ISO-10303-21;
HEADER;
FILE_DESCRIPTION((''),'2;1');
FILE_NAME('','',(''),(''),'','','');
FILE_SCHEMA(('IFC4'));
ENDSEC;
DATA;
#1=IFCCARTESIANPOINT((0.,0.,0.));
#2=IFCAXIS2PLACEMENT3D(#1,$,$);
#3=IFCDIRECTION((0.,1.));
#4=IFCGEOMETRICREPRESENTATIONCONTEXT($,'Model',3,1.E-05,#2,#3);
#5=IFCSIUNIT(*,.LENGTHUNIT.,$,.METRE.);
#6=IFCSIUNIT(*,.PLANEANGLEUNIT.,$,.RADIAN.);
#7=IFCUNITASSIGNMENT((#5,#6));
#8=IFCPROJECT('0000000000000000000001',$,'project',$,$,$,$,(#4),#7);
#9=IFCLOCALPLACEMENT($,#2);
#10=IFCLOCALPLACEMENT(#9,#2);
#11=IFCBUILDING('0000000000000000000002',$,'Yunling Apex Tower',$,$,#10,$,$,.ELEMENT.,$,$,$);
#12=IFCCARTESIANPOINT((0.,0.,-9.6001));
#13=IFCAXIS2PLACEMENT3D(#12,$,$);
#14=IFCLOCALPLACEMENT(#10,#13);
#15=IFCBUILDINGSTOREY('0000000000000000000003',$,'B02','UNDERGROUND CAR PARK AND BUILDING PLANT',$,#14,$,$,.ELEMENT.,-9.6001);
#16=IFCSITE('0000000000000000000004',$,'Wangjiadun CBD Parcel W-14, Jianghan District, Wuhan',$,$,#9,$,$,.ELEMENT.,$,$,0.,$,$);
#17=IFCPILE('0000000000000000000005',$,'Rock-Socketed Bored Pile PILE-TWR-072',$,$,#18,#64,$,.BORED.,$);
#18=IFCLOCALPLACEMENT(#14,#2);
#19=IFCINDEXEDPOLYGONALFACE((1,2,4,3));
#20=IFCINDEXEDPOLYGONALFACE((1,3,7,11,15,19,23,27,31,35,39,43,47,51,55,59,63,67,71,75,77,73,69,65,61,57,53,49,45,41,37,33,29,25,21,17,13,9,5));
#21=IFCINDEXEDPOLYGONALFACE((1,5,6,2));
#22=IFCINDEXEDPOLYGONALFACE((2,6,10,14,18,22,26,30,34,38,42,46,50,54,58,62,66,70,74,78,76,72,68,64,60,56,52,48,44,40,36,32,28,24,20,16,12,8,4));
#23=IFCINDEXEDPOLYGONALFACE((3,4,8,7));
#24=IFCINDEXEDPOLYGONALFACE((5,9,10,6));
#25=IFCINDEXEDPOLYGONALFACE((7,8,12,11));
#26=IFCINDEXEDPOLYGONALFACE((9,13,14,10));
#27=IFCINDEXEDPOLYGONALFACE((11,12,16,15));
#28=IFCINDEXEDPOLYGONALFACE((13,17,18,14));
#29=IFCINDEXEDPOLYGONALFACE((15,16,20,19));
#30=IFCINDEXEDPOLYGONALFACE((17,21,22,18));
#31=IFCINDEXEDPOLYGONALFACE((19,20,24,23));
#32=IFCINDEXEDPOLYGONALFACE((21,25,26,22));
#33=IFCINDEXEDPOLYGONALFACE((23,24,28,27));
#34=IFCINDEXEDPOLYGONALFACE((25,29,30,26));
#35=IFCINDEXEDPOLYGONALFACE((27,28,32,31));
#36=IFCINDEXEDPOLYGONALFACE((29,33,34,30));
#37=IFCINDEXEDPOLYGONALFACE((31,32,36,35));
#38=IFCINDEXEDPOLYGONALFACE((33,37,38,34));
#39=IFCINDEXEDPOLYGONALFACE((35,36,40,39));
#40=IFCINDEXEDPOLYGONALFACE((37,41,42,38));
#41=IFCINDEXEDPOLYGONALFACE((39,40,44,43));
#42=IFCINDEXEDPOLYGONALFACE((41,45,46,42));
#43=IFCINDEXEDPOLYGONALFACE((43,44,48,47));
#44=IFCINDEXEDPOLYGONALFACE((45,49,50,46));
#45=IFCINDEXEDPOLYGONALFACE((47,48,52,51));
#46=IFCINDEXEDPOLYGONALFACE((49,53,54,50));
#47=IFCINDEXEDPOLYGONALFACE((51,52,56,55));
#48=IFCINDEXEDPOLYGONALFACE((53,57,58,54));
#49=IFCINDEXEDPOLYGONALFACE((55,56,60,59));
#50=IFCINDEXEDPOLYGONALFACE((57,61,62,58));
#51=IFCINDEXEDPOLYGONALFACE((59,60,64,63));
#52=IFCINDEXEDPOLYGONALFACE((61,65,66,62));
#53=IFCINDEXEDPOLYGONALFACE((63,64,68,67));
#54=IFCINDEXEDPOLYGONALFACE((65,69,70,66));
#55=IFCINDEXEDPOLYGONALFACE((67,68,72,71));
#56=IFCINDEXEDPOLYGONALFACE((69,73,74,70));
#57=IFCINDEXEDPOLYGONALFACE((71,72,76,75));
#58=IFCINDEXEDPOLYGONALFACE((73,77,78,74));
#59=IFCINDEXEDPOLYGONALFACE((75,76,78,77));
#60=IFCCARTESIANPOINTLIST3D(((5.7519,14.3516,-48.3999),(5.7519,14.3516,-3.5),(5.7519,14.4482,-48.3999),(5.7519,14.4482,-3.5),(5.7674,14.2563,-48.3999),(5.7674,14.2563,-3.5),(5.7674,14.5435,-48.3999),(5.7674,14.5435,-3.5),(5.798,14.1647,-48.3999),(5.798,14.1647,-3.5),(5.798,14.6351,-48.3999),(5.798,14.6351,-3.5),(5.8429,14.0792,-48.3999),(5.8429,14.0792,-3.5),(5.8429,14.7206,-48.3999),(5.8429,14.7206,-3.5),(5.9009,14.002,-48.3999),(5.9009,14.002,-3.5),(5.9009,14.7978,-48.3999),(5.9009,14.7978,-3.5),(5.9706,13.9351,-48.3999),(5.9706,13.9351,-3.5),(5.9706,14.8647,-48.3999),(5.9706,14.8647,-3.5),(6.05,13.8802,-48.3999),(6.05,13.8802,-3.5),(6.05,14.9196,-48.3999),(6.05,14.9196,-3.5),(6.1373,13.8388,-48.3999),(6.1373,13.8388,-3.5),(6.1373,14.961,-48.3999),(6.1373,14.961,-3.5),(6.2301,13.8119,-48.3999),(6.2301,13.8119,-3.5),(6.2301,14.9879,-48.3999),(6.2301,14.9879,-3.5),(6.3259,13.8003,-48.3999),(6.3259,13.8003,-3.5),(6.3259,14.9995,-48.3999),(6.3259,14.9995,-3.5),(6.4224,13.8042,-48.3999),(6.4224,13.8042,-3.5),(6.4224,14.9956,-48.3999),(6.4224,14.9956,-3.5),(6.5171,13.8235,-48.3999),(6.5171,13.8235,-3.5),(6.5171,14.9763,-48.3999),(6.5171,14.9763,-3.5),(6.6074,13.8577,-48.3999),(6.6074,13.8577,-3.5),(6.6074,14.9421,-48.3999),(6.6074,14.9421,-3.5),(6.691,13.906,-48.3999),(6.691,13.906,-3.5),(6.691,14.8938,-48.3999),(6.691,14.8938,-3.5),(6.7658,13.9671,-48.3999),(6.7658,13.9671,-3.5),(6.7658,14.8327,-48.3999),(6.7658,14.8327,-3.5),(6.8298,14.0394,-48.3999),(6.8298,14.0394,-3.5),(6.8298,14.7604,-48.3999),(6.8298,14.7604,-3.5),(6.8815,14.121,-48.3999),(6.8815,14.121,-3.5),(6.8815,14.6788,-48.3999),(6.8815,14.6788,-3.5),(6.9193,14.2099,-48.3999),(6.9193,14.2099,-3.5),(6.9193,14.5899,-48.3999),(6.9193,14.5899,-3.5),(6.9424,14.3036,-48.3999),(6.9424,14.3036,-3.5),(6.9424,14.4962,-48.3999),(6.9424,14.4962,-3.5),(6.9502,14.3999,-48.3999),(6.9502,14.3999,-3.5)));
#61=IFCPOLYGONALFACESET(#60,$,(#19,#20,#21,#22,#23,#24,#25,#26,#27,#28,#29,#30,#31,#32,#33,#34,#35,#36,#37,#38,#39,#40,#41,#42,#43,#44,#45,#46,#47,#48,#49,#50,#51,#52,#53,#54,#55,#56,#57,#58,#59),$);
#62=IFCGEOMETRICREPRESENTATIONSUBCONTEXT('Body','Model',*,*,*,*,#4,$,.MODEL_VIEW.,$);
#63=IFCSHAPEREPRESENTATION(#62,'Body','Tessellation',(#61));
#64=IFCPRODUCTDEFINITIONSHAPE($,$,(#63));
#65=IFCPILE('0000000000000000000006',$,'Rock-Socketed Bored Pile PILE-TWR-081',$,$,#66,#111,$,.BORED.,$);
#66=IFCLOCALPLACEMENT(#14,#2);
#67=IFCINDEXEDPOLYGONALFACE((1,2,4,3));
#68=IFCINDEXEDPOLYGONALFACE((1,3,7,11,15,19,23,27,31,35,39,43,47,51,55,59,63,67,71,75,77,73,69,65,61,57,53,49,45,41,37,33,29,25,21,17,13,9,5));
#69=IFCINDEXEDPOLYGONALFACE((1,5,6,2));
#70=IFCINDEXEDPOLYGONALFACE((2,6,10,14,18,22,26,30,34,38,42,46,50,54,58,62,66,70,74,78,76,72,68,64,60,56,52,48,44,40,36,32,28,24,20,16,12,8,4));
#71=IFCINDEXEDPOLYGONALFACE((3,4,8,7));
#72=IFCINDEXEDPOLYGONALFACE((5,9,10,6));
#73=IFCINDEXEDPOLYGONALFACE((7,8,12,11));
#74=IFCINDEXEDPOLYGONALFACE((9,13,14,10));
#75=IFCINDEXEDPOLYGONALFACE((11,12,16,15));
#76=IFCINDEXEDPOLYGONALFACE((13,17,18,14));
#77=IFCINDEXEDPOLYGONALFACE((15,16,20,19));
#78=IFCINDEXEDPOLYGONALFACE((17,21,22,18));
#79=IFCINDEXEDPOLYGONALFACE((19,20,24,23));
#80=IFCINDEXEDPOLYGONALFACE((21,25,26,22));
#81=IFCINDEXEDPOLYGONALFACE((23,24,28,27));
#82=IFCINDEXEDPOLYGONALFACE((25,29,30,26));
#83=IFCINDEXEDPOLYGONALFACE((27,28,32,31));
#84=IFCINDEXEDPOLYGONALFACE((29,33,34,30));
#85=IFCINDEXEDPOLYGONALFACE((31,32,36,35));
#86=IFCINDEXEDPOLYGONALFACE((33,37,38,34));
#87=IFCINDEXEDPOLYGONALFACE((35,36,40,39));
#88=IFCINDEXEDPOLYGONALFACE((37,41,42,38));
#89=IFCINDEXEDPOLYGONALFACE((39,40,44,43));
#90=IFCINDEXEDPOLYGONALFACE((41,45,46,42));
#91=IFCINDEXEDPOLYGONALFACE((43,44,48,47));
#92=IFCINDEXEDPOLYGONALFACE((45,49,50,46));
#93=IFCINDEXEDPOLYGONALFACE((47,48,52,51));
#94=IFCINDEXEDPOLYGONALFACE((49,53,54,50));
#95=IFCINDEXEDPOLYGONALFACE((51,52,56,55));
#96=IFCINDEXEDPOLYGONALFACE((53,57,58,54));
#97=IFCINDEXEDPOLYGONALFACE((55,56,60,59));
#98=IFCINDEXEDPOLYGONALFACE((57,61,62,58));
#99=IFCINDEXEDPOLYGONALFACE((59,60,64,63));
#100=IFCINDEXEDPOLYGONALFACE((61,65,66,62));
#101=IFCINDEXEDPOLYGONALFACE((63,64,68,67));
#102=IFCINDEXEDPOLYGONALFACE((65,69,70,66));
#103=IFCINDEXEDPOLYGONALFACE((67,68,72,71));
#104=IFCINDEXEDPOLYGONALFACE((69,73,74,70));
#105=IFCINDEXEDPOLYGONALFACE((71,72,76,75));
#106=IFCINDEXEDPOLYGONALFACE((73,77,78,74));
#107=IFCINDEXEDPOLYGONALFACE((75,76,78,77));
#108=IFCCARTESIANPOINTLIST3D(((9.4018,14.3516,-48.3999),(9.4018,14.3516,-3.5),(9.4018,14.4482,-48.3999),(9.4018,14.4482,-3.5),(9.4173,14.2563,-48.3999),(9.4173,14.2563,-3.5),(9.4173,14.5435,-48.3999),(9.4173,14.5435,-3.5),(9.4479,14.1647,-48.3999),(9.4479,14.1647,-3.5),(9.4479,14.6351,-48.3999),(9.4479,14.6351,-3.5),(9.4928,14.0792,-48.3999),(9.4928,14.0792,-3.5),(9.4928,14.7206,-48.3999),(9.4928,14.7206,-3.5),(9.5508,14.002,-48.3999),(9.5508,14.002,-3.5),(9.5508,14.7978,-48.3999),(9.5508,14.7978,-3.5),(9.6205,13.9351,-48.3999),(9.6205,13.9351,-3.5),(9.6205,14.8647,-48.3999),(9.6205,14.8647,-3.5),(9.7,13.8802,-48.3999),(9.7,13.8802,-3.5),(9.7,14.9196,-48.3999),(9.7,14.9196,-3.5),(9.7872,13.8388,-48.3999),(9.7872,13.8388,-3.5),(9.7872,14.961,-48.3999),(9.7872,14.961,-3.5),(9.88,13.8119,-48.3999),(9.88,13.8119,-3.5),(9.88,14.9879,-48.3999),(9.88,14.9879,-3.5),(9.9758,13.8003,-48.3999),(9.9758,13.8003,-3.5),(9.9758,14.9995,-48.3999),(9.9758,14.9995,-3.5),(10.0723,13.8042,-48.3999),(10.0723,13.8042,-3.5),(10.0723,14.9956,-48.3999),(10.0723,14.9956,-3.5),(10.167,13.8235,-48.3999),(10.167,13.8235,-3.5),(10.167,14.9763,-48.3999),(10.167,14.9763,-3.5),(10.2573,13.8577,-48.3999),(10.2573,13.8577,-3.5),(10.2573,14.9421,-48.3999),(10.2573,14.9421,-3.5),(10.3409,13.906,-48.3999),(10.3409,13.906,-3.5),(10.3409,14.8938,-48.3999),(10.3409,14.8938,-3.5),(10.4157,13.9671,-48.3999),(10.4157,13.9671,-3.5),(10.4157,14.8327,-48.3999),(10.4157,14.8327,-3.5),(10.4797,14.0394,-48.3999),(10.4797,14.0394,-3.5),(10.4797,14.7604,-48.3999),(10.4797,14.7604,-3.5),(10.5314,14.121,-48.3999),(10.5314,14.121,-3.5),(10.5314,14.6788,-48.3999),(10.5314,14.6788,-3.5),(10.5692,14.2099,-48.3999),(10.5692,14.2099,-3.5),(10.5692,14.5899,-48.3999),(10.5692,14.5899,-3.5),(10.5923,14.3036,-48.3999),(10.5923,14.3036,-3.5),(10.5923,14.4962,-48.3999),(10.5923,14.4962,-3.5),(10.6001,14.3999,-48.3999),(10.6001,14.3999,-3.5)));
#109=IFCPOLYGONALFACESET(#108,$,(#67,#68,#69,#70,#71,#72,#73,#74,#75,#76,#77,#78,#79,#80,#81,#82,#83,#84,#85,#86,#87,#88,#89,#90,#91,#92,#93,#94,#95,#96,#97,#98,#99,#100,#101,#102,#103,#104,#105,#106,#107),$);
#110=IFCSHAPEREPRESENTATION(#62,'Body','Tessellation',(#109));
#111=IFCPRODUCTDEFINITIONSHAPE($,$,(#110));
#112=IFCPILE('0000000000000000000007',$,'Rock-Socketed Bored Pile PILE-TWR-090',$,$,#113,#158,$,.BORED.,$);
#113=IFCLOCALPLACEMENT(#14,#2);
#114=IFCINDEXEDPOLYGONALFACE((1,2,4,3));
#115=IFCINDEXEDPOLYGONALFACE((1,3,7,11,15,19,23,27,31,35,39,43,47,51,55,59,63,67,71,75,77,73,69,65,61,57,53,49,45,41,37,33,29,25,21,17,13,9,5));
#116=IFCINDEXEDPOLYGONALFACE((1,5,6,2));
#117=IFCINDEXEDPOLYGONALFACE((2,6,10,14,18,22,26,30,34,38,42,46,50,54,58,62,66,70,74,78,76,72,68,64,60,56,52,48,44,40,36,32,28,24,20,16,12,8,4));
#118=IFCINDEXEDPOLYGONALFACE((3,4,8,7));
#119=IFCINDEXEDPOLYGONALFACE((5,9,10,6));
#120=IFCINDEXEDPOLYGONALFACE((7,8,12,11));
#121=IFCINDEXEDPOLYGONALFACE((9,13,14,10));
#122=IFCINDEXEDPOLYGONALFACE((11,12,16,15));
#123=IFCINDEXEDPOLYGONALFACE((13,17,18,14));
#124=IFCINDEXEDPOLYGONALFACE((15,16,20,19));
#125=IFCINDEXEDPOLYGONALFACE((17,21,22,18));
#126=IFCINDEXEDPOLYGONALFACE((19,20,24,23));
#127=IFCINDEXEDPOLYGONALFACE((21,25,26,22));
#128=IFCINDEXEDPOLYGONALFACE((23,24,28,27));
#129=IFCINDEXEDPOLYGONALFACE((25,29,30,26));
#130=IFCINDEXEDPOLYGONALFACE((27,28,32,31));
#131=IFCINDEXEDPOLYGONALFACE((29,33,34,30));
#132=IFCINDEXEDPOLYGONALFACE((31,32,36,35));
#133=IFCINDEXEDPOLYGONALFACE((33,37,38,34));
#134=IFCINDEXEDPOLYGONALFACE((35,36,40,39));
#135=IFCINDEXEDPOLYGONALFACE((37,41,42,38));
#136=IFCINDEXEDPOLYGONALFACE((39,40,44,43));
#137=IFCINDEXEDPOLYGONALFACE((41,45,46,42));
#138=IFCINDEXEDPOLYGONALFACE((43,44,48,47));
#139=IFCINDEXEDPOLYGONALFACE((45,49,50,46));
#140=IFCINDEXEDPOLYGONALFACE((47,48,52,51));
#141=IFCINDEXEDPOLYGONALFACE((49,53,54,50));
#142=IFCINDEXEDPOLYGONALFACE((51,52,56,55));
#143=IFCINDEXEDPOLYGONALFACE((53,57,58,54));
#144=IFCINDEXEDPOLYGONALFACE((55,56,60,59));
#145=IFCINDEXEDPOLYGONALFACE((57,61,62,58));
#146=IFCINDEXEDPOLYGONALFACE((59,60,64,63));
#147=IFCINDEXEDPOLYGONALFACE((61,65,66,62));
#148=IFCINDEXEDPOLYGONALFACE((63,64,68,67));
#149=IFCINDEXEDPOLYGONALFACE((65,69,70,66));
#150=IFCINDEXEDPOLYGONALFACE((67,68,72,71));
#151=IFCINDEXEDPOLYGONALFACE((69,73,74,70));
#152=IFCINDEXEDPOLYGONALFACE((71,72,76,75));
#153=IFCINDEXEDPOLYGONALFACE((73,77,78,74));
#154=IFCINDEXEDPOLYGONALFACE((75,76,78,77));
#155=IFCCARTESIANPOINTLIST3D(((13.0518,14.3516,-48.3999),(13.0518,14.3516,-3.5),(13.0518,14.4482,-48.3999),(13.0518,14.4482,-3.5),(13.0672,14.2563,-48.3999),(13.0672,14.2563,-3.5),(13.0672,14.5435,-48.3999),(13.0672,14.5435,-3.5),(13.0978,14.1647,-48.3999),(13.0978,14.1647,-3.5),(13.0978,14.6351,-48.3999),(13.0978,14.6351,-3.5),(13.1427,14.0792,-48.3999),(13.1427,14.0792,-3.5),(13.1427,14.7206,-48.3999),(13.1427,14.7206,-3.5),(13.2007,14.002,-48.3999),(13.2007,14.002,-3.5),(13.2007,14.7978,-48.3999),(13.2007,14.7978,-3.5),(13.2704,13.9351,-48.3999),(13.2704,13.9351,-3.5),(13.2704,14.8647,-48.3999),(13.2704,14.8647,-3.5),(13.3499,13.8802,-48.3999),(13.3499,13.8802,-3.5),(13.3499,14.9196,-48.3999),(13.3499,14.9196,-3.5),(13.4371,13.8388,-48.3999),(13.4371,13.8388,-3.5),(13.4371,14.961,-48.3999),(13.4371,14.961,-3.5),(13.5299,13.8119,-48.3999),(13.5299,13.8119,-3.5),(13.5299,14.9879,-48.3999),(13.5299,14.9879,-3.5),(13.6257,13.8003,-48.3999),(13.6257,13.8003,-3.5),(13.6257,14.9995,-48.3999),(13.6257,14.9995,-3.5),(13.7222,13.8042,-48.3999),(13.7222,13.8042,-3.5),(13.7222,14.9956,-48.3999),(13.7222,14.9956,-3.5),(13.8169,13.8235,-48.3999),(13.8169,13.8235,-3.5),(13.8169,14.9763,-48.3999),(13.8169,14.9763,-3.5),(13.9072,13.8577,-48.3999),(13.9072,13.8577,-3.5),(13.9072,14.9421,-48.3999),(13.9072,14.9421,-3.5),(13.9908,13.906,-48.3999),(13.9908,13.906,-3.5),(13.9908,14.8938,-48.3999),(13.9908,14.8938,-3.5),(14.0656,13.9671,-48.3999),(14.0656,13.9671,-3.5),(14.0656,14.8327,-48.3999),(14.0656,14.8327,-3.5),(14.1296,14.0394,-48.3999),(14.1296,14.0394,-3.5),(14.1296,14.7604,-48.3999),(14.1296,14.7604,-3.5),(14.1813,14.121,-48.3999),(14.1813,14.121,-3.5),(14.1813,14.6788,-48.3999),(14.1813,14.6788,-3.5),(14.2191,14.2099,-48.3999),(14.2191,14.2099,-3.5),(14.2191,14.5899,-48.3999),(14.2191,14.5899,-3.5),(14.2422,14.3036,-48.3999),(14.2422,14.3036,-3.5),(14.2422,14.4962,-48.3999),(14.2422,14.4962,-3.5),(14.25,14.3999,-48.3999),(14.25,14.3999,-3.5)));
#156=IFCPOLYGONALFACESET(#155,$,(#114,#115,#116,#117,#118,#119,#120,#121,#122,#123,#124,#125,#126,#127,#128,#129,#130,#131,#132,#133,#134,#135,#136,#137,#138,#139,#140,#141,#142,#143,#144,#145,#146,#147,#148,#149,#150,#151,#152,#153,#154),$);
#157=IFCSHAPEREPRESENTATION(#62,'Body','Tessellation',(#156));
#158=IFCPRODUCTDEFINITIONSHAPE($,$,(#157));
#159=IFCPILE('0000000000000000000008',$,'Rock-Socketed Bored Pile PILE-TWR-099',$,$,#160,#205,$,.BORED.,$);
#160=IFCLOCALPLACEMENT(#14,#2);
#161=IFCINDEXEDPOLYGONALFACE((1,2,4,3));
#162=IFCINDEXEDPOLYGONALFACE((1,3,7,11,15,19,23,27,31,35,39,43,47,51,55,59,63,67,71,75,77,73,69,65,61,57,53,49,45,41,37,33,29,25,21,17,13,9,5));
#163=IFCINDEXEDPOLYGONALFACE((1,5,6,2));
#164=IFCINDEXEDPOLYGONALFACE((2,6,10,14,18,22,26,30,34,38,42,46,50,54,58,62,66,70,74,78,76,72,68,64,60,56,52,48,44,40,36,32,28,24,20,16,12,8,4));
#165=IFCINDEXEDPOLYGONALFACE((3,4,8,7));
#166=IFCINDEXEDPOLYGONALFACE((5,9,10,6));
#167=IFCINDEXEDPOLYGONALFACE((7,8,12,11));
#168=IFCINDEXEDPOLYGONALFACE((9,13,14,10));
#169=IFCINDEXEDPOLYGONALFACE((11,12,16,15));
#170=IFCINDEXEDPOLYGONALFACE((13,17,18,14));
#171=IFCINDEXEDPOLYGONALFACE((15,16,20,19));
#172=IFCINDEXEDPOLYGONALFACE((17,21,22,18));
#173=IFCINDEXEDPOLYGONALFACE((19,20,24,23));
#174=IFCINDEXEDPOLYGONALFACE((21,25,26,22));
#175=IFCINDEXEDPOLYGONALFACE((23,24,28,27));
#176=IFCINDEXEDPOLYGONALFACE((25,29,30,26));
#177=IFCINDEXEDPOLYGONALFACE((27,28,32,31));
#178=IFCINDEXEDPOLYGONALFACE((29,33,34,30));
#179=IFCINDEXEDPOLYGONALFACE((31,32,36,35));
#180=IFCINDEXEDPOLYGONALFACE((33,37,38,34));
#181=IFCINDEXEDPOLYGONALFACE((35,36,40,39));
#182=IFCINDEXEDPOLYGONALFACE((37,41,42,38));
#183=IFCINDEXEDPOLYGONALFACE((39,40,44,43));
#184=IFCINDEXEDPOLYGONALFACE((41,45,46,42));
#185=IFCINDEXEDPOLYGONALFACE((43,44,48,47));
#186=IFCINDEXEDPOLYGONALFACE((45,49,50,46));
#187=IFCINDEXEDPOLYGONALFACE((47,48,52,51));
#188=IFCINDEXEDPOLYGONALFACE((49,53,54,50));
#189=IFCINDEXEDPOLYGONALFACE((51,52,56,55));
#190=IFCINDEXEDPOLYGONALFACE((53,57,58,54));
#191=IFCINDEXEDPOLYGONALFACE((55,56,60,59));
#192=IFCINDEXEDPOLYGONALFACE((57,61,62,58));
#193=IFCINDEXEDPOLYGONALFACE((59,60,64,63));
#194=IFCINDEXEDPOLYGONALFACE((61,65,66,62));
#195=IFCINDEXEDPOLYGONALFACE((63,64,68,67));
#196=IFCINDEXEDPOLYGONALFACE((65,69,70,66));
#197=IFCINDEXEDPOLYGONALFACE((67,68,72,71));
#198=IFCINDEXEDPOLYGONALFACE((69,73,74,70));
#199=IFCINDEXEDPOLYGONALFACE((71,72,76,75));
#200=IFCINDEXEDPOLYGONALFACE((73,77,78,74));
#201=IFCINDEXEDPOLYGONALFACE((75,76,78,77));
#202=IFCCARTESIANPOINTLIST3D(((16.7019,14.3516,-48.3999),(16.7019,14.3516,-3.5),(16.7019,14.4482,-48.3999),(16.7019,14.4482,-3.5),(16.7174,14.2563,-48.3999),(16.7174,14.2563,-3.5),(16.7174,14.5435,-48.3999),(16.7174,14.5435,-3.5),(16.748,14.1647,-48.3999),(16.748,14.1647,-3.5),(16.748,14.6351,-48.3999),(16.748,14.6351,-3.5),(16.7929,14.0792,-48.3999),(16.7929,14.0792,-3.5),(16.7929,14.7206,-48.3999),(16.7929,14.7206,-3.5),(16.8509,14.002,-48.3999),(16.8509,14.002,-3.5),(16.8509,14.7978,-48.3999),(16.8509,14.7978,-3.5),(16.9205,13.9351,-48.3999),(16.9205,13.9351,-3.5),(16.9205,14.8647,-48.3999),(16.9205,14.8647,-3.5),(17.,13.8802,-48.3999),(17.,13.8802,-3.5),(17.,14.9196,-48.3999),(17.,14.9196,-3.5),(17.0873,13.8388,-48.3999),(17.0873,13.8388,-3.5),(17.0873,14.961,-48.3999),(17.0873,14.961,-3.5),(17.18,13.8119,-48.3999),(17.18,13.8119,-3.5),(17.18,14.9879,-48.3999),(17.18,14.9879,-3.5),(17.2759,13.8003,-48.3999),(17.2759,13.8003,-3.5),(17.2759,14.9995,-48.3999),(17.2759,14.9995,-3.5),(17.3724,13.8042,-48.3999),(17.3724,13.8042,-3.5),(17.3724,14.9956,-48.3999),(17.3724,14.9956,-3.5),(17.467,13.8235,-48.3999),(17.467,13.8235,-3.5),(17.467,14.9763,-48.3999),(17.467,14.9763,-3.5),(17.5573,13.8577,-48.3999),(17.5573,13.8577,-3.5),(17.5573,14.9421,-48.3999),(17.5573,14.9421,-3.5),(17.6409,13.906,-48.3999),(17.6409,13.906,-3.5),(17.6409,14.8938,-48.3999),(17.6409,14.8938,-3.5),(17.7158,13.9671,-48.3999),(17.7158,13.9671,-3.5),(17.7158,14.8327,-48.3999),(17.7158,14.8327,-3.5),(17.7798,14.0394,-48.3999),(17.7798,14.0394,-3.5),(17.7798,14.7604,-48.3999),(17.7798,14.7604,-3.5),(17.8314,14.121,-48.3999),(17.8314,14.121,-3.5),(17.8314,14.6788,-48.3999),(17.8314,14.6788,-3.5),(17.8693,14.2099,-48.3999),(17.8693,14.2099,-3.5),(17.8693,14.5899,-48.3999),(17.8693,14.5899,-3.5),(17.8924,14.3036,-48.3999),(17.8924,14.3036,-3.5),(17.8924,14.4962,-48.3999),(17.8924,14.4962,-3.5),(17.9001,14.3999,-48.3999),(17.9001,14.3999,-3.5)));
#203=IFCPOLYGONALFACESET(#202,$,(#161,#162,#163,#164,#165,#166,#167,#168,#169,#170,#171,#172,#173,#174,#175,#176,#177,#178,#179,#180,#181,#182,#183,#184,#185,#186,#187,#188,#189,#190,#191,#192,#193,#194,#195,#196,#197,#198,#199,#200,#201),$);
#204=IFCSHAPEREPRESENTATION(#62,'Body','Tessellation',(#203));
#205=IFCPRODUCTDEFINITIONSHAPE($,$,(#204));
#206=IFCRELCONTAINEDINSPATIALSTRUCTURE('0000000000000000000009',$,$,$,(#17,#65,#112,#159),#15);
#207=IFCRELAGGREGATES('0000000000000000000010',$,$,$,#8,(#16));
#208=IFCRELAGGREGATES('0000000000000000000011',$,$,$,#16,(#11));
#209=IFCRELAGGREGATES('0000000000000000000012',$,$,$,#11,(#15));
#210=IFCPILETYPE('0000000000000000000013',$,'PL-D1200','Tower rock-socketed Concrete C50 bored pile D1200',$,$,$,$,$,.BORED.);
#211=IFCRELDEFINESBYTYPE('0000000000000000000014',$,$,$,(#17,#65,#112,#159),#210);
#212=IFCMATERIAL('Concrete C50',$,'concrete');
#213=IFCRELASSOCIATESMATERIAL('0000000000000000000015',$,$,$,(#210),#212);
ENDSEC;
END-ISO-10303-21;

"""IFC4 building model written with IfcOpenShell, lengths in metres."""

from ifc_helpers import new_model, si_unit, direction, frame, origin, origin_2d, place, context, subcontext, project, spatial, circle, extrude, source, transform, mapped, material, material_profile, profile_set, type_object, element, save


model = new_model("IFC4")

# Units and contexts
model_context = context("Model", 3, precision=1e-05, world=origin(), true_north=direction((0.0, 1.0)))
body_context = subcontext(model_context, "Body", "Model", "MODEL_VIEW")
ifc_project = project(units=[si_unit("LENGTHUNIT", "METRE"), si_unit("PLANEANGLEUNIT", "RADIAN")], contexts=[model_context])

# Site, building, storey
site_placement = place(None, origin())
site = spatial("IfcSite", under=ifc_project, at=site_placement, Name="Wangjiadun CBD Parcel W-14, Jianghan District, Wuhan", CompositionType="ELEMENT", RefElevation=0.0)
building_placement = place(site_placement, origin())
building = spatial("IfcBuilding", under=site, at=building_placement, Name="Yunling Apex Tower", CompositionType="ELEMENT")
storey_placement = place(building_placement, frame((0.0, 0.0, -9.6001)))
storey = spatial("IfcBuildingStorey", under=building, at=storey_placement, Name="B02", Description="UNDERGROUND CAR PARK AND BUILDING PLANT", CompositionType="ELEMENT", Elevation=-9.6001)

# Shared definitions
ifc_material_1 = material(Name="Concrete C50", Category="concrete")

# Piles
ifc_material_profile_1 = material_profile(ifc_material_1, circle(Radius=0.6001, at=origin_2d()))
ifc_profile_set_1 = profile_set([ifc_material_profile_1], Name="Concrete C50")
pile_type_1 = type_object("IfcPileType", Name="PL-D1200", Description="Tower rock-socketed Concrete C50 bored pile D1200", PredefinedType="BORED", material=ifc_profile_set_1)
shared_shape_1 = source(origin(), body_context, "Body", "SweptSolid", [
    extrude(circle(Radius=0.6001, at=origin_2d()), origin(), (0.0, 0.0, 1.0), 44.8999),
])
for number, where, z_axis, x_axis, name in (
    (1, (6.3501, 14.3999, -3.5), (0.0, 0.0, -1.0), (1.0, 0.0, 0.0), "Rock-Socketed Bored Pile PILE-TWR-072"),
    (2, (10.0, 14.3999, -3.5), (0.0, 0.0, -1.0), (1.0, 0.0, 0.0), "Rock-Socketed Bored Pile PILE-TWR-081"),
    (3, (13.6499, 14.3999, -3.5), (0.0, 0.0, -1.0), (1.0, 0.0, 0.0), "Rock-Socketed Bored Pile PILE-TWR-090"),
    (4, (17.3, 14.3999, -3.5), (0.0, 0.0, -1.0), (1.0, 0.0, 0.0), "Rock-Socketed Bored Pile PILE-TWR-099"),
):
    element("IfcPile", number, at=place(storey_placement, frame(where, z_axis=z_axis, x_axis=x_axis)), inside=storey, type_object=pile_type_1, Name=name, PredefinedType="BORED", context=body_context, shape_type="MappedRepresentation", body=[
        mapped(shared_shape_1, transform((0.0, 0.0, 0.0), scale=1.0)),
    ])

save(model, "model.ifc")
